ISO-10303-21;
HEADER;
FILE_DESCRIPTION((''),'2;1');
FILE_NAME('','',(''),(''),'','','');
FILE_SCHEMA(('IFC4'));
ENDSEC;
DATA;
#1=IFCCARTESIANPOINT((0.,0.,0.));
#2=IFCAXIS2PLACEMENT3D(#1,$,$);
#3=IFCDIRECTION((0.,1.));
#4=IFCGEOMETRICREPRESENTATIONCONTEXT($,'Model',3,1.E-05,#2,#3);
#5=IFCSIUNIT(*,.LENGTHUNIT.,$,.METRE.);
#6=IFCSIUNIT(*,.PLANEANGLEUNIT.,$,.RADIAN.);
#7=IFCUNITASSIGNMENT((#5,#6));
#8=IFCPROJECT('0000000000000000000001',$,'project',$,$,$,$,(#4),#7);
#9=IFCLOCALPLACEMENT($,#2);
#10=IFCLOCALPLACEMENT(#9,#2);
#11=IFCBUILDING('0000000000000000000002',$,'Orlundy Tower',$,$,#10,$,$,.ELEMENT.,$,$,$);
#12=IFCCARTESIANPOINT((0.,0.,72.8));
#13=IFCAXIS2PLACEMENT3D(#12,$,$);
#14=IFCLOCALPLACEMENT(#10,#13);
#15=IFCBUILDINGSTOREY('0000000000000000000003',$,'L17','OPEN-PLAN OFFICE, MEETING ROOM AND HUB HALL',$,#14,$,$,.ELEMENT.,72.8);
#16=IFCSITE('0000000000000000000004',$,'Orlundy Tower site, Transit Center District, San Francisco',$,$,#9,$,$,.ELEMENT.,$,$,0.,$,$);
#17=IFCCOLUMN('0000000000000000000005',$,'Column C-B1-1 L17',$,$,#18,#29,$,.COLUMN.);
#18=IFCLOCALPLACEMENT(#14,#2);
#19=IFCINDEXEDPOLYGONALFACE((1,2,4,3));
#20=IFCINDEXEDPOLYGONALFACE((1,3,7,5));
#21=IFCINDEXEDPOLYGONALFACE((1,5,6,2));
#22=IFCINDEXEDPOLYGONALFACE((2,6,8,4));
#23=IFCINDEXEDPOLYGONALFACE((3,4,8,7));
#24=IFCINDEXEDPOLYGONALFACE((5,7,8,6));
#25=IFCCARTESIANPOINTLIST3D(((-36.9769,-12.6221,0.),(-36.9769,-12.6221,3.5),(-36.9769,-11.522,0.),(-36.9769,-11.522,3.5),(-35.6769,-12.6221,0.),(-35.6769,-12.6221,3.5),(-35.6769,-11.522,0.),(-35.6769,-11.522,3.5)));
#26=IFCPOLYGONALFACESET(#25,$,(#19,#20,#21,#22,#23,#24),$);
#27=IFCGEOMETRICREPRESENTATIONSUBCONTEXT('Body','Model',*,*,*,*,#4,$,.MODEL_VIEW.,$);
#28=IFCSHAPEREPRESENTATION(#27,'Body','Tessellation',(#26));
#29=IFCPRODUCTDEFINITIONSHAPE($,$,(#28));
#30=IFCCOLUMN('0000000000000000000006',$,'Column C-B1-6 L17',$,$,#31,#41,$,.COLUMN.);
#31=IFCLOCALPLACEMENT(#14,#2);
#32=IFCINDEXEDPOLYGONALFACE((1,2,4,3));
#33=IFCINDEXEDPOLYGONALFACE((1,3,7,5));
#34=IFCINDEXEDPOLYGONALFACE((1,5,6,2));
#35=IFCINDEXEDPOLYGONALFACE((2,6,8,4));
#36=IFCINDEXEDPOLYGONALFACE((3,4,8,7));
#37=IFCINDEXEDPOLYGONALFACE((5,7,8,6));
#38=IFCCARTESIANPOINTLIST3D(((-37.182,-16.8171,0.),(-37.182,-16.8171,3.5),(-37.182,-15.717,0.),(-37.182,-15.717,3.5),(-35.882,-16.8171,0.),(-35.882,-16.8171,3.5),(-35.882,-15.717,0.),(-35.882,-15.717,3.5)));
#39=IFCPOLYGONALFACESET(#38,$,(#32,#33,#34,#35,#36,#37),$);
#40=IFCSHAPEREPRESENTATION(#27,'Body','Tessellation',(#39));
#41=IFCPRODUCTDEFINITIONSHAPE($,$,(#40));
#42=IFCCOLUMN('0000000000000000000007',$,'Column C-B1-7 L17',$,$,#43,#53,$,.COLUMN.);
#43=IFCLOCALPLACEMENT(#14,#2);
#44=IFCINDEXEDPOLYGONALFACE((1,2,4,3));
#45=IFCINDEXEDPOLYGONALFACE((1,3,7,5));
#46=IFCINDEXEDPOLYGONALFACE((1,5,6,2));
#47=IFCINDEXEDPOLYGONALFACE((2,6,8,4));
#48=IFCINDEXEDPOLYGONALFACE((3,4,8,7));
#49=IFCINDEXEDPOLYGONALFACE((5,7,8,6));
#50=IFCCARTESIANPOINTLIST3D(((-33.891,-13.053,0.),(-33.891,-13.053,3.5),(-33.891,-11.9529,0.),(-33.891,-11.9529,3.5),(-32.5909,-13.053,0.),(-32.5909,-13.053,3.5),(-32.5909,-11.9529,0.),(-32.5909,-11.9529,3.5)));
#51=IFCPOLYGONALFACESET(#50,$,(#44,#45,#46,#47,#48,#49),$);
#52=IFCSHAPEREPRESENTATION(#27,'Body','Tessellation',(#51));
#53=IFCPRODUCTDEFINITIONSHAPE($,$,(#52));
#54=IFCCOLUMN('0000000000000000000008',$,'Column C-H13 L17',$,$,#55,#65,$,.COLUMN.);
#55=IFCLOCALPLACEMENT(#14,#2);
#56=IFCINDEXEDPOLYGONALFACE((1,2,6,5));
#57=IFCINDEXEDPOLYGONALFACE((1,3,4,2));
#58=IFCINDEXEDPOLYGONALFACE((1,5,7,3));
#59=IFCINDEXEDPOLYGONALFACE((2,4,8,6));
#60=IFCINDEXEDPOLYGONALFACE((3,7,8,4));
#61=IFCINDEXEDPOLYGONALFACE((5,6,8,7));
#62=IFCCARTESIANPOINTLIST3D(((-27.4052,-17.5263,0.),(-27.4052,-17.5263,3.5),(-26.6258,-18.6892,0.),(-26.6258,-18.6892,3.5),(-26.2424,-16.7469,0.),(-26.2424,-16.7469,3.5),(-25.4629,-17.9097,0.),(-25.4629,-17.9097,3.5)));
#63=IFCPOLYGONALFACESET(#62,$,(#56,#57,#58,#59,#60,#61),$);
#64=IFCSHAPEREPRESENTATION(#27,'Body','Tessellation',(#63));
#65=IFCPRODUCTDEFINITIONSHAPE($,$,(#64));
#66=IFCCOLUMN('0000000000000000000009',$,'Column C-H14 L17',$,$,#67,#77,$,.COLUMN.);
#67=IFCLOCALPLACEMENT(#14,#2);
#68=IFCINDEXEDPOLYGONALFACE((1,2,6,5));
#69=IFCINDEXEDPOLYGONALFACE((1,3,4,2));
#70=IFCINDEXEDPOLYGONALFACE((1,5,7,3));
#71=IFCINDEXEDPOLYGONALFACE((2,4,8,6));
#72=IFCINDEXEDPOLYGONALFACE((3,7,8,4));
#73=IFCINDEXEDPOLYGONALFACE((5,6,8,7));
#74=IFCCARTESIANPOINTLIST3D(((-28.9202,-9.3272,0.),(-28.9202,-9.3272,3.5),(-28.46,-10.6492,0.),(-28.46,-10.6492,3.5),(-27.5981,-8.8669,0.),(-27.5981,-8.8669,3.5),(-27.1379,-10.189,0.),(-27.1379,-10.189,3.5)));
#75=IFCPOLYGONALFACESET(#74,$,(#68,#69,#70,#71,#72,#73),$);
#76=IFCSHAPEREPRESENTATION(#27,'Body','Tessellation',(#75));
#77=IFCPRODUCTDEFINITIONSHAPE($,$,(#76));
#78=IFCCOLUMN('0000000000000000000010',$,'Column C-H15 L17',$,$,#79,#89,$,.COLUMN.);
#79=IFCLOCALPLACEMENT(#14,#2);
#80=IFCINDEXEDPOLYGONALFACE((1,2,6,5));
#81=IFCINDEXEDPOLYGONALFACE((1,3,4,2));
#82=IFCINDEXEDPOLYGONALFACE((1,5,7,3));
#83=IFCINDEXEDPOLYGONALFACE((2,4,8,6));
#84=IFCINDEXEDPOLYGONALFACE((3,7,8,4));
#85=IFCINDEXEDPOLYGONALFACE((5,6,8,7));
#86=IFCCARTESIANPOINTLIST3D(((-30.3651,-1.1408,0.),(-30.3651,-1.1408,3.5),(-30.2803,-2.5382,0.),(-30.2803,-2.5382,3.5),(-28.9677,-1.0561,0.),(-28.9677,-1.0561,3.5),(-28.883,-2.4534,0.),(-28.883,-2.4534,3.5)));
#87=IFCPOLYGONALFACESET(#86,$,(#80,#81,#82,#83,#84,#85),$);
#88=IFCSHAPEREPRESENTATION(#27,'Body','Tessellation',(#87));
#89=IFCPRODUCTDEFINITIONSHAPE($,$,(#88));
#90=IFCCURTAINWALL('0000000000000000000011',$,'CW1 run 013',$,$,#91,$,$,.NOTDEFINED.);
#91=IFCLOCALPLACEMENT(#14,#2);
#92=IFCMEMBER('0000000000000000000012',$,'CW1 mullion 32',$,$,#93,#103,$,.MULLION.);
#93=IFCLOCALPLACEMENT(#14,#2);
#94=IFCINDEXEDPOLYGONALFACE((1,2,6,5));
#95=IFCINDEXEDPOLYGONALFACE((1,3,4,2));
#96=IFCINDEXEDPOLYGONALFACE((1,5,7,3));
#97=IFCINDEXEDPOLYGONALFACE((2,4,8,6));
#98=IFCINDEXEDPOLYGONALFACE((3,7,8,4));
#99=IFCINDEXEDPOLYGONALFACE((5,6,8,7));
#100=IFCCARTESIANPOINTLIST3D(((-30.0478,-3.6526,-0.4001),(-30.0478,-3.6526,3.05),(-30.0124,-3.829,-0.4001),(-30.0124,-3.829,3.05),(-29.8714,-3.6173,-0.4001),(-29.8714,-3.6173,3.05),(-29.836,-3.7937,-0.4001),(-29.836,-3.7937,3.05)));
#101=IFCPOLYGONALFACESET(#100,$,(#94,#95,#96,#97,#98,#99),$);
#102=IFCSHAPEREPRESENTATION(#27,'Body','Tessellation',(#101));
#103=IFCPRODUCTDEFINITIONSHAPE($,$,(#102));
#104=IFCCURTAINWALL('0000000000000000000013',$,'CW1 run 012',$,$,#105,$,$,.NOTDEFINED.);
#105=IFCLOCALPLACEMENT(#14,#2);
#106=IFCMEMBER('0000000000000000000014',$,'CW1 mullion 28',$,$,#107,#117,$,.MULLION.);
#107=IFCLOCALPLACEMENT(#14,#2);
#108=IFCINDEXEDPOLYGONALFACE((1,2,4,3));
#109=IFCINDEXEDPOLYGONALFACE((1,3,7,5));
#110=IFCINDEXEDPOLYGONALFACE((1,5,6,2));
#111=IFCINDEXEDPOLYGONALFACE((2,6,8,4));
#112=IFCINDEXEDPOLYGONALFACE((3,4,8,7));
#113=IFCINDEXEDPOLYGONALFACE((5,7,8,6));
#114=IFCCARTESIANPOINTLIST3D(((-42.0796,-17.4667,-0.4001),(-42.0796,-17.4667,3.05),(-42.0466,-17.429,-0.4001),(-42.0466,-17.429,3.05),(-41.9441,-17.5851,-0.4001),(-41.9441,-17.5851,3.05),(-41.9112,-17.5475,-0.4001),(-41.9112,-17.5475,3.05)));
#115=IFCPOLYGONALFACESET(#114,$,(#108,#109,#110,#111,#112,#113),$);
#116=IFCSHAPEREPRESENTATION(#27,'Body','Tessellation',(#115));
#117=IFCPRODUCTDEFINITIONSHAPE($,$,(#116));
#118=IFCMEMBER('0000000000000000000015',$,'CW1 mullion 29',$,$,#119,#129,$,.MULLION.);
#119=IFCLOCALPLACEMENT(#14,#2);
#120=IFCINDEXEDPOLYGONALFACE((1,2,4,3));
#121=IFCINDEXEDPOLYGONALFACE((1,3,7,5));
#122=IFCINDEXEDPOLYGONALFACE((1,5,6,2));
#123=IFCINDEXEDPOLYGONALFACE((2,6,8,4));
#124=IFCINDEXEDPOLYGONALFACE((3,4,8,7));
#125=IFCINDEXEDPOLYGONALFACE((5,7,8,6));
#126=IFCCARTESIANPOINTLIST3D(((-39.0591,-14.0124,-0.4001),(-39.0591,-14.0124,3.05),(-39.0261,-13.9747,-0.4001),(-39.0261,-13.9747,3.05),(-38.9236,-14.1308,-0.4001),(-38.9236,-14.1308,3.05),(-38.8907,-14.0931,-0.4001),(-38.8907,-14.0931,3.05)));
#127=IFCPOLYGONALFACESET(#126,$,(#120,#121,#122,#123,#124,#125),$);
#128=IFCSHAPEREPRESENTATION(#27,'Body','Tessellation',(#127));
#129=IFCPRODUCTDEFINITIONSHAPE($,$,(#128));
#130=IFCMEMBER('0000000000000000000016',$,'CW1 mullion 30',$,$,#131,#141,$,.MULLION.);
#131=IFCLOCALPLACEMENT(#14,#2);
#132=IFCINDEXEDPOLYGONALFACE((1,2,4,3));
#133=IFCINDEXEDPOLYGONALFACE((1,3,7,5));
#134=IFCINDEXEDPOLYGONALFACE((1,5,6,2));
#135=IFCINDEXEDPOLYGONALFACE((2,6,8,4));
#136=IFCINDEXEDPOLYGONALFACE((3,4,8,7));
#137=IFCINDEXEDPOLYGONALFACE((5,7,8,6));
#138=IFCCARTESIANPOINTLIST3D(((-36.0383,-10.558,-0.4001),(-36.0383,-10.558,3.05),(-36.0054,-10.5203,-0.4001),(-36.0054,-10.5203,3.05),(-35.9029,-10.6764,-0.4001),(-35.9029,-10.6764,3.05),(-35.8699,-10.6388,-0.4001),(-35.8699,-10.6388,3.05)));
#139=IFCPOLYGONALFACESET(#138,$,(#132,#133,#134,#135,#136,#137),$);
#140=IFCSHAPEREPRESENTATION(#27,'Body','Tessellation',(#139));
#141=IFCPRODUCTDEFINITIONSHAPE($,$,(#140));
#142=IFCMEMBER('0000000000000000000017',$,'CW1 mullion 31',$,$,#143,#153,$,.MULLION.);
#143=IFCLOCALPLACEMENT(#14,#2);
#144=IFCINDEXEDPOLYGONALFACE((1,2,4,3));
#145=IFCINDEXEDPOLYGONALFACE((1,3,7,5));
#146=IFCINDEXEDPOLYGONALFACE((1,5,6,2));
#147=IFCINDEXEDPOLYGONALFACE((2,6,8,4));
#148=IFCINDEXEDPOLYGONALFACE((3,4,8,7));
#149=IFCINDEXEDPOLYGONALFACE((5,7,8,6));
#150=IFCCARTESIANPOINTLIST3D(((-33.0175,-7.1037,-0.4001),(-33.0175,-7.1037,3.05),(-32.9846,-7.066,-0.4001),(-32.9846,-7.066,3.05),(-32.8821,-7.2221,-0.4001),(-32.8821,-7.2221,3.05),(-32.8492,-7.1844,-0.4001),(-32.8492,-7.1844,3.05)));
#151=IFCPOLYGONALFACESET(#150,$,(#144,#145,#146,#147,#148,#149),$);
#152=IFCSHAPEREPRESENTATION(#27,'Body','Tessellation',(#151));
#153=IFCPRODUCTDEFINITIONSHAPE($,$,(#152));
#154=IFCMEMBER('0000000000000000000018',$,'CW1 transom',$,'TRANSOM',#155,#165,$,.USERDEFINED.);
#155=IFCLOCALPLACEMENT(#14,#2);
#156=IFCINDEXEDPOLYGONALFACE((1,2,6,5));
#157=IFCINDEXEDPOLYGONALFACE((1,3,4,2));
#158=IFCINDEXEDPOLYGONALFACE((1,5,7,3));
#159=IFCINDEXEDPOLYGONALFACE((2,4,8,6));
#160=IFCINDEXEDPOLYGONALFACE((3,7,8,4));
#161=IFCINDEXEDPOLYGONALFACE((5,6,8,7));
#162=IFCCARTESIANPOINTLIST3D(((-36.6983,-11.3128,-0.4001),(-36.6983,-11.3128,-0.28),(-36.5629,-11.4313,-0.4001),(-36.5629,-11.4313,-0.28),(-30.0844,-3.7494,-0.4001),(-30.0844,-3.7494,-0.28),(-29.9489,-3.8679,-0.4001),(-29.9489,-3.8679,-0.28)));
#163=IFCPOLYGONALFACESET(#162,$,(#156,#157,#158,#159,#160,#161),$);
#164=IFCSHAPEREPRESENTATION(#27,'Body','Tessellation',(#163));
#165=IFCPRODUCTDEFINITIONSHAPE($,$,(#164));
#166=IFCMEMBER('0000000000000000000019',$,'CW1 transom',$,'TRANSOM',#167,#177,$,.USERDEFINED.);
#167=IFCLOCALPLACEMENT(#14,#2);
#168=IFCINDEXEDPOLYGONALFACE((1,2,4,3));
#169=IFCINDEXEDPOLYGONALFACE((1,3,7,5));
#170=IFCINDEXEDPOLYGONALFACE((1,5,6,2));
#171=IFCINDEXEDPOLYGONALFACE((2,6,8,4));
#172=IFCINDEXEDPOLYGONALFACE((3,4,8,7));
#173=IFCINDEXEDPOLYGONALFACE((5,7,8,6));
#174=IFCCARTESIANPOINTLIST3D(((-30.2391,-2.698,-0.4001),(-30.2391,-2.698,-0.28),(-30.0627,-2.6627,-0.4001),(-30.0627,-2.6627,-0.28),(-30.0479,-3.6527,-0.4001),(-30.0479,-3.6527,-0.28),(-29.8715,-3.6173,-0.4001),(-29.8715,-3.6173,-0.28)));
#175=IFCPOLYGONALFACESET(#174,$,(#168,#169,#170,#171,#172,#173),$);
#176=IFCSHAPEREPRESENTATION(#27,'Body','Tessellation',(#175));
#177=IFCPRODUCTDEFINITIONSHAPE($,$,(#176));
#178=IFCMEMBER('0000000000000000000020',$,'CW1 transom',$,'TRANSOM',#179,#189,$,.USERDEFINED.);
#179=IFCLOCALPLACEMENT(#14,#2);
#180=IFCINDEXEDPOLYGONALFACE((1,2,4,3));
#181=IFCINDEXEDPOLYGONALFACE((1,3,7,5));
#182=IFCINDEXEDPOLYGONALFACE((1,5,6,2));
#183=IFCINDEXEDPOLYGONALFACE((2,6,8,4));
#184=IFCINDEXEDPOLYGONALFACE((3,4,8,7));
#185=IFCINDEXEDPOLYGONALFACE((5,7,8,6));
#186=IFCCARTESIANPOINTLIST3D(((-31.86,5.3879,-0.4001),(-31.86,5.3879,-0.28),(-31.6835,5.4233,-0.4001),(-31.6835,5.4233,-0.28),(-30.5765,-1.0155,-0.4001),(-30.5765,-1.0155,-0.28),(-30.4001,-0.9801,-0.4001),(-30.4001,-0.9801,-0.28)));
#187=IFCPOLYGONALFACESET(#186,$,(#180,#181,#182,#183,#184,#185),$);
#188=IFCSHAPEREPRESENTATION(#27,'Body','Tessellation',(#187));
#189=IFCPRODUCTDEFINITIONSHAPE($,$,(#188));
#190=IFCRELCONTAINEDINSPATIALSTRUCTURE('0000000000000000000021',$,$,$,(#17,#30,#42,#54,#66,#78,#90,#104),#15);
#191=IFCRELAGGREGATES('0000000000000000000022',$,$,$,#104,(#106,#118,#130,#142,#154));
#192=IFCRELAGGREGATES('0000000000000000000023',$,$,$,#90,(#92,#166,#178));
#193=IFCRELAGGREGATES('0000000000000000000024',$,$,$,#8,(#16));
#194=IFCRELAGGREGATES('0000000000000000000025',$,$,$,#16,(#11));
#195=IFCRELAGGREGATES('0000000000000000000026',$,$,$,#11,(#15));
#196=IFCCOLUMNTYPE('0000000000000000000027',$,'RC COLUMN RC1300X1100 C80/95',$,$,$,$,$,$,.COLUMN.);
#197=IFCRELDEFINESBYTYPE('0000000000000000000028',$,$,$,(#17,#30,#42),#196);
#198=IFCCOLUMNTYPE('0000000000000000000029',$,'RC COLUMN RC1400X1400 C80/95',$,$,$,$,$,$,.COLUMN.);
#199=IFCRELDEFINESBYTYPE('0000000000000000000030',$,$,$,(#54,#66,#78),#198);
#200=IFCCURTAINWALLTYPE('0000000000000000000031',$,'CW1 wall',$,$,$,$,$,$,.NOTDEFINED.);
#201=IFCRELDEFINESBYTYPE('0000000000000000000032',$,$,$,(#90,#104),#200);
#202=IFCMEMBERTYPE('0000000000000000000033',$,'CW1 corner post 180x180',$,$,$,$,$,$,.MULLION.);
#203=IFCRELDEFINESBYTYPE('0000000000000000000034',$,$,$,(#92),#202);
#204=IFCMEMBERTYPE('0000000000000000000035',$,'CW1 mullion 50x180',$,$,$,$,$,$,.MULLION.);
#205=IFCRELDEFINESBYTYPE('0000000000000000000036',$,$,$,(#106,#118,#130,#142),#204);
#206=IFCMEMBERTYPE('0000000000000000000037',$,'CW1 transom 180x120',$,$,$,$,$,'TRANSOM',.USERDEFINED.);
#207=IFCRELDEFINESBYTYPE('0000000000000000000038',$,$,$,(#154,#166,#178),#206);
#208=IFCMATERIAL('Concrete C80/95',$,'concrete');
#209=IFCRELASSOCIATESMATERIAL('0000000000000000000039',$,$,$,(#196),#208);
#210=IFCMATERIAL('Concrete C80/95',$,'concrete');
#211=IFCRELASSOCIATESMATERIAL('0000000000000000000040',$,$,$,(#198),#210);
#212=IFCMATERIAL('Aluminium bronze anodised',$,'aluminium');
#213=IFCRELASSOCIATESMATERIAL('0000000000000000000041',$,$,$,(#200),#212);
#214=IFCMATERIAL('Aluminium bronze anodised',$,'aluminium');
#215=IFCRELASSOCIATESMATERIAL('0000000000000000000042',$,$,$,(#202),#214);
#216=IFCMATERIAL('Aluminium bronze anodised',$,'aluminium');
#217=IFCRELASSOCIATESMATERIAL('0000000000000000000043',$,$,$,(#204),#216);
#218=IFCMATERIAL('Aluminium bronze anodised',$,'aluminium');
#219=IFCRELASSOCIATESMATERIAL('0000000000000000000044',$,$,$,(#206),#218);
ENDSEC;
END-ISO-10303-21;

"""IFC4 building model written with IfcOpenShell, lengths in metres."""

from ifc_helpers import new_model, si_unit, direction, frame, origin, origin_2d, place, context, subcontext, project, spatial, rectangle, extrude, material, material_profile, profile_set, type_object, element, aggregate, save


model = new_model("IFC4")

# Units and contexts
model_context = context("Model", 3, precision=1e-05, world=origin(), true_north=direction((0.0, 1.0)))
body_context = subcontext(model_context, "Body", "Model", "MODEL_VIEW")
ifc_project = project(units=[si_unit("LENGTHUNIT", "METRE"), si_unit("PLANEANGLEUNIT", "RADIAN")], contexts=[model_context])

# Site, building, storey
site_placement = place(None, origin())
site = spatial("IfcSite", under=ifc_project, at=site_placement, Name="Orlundy Tower site, Transit Center District, San Francisco", CompositionType="ELEMENT", RefElevation=0.0)
building_placement = place(site_placement, origin())
building = spatial("IfcBuilding", under=site, at=building_placement, Name="Orlundy Tower", CompositionType="ELEMENT")
storey_placement = place(building_placement, frame((0.0, 0.0, 72.8)))
storey = spatial("IfcBuildingStorey", under=building, at=storey_placement, Name="L17", Description="OPEN-PLAN OFFICE, MEETING ROOM AND HUB HALL", CompositionType="ELEMENT", Elevation=72.8)

# Columns
ifc_material_1 = material(Name="Concrete C80/95", Category="concrete")
ifc_material_profile_1 = material_profile(ifc_material_1, rectangle(XDim=1.3, YDim=1.1001, at=origin_2d()), Name="RC1300X1100")
ifc_profile_set_1 = profile_set([ifc_material_profile_1], Name="Concrete C80/95")
column_type_1 = type_object("IfcColumnType", Name="RC COLUMN RC1300X1100 C80/95", PredefinedType="COLUMN", material=ifc_profile_set_1)
for number, where, z_axis, x_axis, name in (
    (1, (-36.3269, -12.072, 0.0), (0.0, 0.0, 1.0), (1.0, 0.0, 0.0), "Column C-B1-1 L17"),
    (2, (-36.532, -16.2671, 0.0), (0.0, 0.0, 1.0), (1.0, 0.0, 0.0), "Column C-B1-6 L17"),
    (3, (-33.241, -12.5029, 0.0), (0.0, 0.0, 1.0), (1.0, 0.0, 0.0), "Column C-B1-7 L17"),
):
    element("IfcColumn", number, at=place(storey_placement, frame(where, z_axis=z_axis, x_axis=x_axis)), inside=storey, type_object=column_type_1, Name=name, PredefinedType="COLUMN", context=body_context, shape_type="SweptSolid", body=[
        extrude(rectangle(XDim=1.3, YDim=1.1001, at=origin_2d()), origin(), (0.0, 0.0, 1.0), 3.5),
    ])
ifc_material_2 = material(Name="Concrete C80/95", Category="concrete")
ifc_material_profile_2 = material_profile(ifc_material_2, rectangle(XDim=1.3999, YDim=1.3999, at=origin_2d()), Name="RC1400X1400")
ifc_profile_set_2 = profile_set([ifc_material_profile_2], Name="Concrete C80/95")
column_type_2 = type_object("IfcColumnType", Name="RC COLUMN RC1400X1400 C80/95", PredefinedType="COLUMN", material=ifc_profile_set_2)
for number, where, z_axis, x_axis, name in (
    (4, (-26.4341, -17.718, 0.0), (0.0, 0.0, 1.0), (-0.830664, -0.556774, 0.0), "Column C-H13 L17"),
    (5, (-28.0291, -9.7581, 0.0), (0.0, 0.0, 1.0), (-0.944405, -0.328784, 0.0), "Column C-H14 L17"),
    (6, (-29.624, -1.7971, 0.0), (0.0, 0.0, 1.0), (-0.998166, -0.060543, 0.0), "Column C-H15 L17"),
):
    element("IfcColumn", number, at=place(storey_placement, frame(where, z_axis=z_axis, x_axis=x_axis)), inside=storey, type_object=column_type_2, Name=name, PredefinedType="COLUMN", context=body_context, shape_type="SweptSolid", body=[
        extrude(rectangle(XDim=1.3999, YDim=1.3999, at=origin_2d()), origin(), (0.0, 0.0, 1.0), 3.5),
    ])

# Curtain wall, member
ifc_material_3 = material(Name="Aluminium bronze anodised", Category="aluminium")
curtain_wall_type = type_object("IfcCurtainWallType", Name="CW1 wall", PredefinedType="NOTDEFINED", material=ifc_material_3)
curtain_wall_1_placement = place(storey_placement, origin())
curtain_wall_1 = element("IfcCurtainWall", 7, at=curtain_wall_1_placement, inside=storey, type_object=curtain_wall_type, Name="CW1 run 013", PredefinedType="NOTDEFINED")
ifc_material_4 = material(Name="Aluminium bronze anodised", Category="aluminium")
ifc_material_profile_3 = material_profile(ifc_material_4, rectangle(XDim=0.1799, YDim=0.1799, at=origin_2d()), Name="CW1 corner post 180x180")
ifc_profile_set_3 = profile_set([ifc_material_profile_3], Name="Aluminium bronze anodised")
member_type_1 = type_object("IfcMemberType", Name="CW1 corner post 180x180", PredefinedType="MULLION", material=ifc_profile_set_3)
member_1_placement = place(storey_placement, frame((-29.9419, -3.7231, -0.4001), z_axis=(0.0, 0.0, 1.0), x_axis=(-0.980498, -0.196529, 0.0)))
member_1 = element("IfcMember", 8, at=member_1_placement, type_object=member_type_1, Name="CW1 mullion 32", PredefinedType="MULLION", context=body_context, shape_type="SweptSolid", body=[
    extrude(rectangle(XDim=0.1799, YDim=0.1799, at=origin_2d()), origin(), (0.0, 0.0, 1.0), 3.4502),
])

# Curtain wall, members
curtain_wall_2_placement = place(storey_placement, origin())
curtain_wall_2 = element("IfcCurtainWall", 9, at=curtain_wall_2_placement, inside=storey, type_object=curtain_wall_type, Name="CW1 run 012", PredefinedType="NOTDEFINED")
ifc_material_5 = material(Name="Aluminium bronze anodised", Category="aluminium")
ifc_material_profile_4 = material_profile(ifc_material_5, rectangle(XDim=0.1799, YDim=0.05, at=origin_2d()), Name="CW1 mullion 50x180")
ifc_profile_set_4 = profile_set([ifc_material_profile_4], Name="Aluminium bronze anodised")
member_type_2 = type_object("IfcMemberType", Name="CW1 mullion 50x180", PredefinedType="MULLION", material=ifc_profile_set_4)
member_2_placement = place(storey_placement, frame((-41.9954, -17.5071, -0.4001), z_axis=(0.0, 0.0, 1.0), x_axis=(-0.752779, 0.658273, 0.0)))
member_2 = element("IfcMember", 10, at=member_2_placement, type_object=member_type_2, Name="CW1 mullion 28", PredefinedType="MULLION", context=body_context, shape_type="SweptSolid", body=[
    extrude(rectangle(XDim=0.1799, YDim=0.05, at=origin_2d()), origin(), (0.0, 0.0, 1.0), 3.4502),
])
member_3_placement = place(storey_placement, frame((-38.9749, -14.0527, -0.4001), z_axis=(0.0, 0.0, 1.0), x_axis=(-0.752779, 0.658273, 0.0)))
member_3 = element("IfcMember", 11, at=member_3_placement, type_object=member_type_2, Name="CW1 mullion 29", PredefinedType="MULLION", context=body_context, shape_type="SweptSolid", body=[
    extrude(rectangle(XDim=0.1799, YDim=0.05, at=origin_2d()), origin(), (0.0, 0.0, 1.0), 3.4502),
])
member_4_placement = place(storey_placement, frame((-35.9541, -10.5984, -0.4001), z_axis=(0.0, 0.0, 1.0), x_axis=(-0.752779, 0.658273, 0.0)))
member_4 = element("IfcMember", 12, at=member_4_placement, type_object=member_type_2, Name="CW1 mullion 30", PredefinedType="MULLION", context=body_context, shape_type="SweptSolid", body=[
    extrude(rectangle(XDim=0.1799, YDim=0.05, at=origin_2d()), origin(), (0.0, 0.0, 1.0), 3.4502),
])
member_5_placement = place(storey_placement, frame((-32.9333, -7.144, -0.4001), z_axis=(0.0, 0.0, 1.0), x_axis=(-0.752779, 0.658273, 0.0)))
member_5 = element("IfcMember", 13, at=member_5_placement, type_object=member_type_2, Name="CW1 mullion 31", PredefinedType="MULLION", context=body_context, shape_type="SweptSolid", body=[
    extrude(rectangle(XDim=0.1799, YDim=0.05, at=origin_2d()), origin(), (0.0, 0.0, 1.0), 3.4502),
])
ifc_material_6 = material(Name="Aluminium bronze anodised", Category="aluminium")
ifc_material_profile_5 = material_profile(ifc_material_6, rectangle(XDim=0.1799, YDim=0.1201, at=origin_2d()), Name="CW1 transom 180x120")
ifc_profile_set_5 = profile_set([ifc_material_profile_5], Name="Aluminium bronze anodised")
member_type_3 = type_object("IfcMemberType", Name="CW1 transom 180x120", ElementType="TRANSOM", PredefinedType="USERDEFINED", material=ifc_profile_set_5)
member_6_placement = place(storey_placement, frame((-36.6306, -11.3721, -0.3401), z_axis=(0.658278, 0.752775, 0.0), x_axis=(-0.752775, 0.658278, 0.0)))
member_6 = element("IfcMember", 14, at=member_6_placement, type_object=member_type_3, Name="CW1 transom", ObjectType="TRANSOM", PredefinedType="USERDEFINED", context=body_context, shape_type="SweptSolid", body=[
    extrude(rectangle(XDim=0.1799, YDim=0.1201, at=origin_2d()), origin(), (0.0, 0.0, 1.0), 10.0474),
])

# Members
member_7_placement = place(storey_placement, frame((-29.9597, -3.635, -0.3401), z_axis=(-0.196357, 0.980532, 0.0), x_axis=(-0.980532, -0.196357, 0.0)))
member_7 = element("IfcMember", 15, at=member_7_placement, type_object=member_type_3, Name="CW1 transom", ObjectType="TRANSOM", PredefinedType="USERDEFINED", context=body_context, shape_type="SweptSolid", body=[
    extrude(rectangle(XDim=0.1799, YDim=0.1201, at=origin_2d()), origin(), (0.0, 0.0, 1.0), 0.9736),
])
member_8_placement = place(storey_placement, frame((-30.4883, -0.9978, -0.3401), z_axis=(-0.196526, 0.980499, 0.0), x_axis=(-0.980499, -0.196526, 0.0)))
member_8 = element("IfcMember", 16, at=member_8_placement, type_object=member_type_3, Name="CW1 transom", ObjectType="TRANSOM", PredefinedType="USERDEFINED", context=body_context, shape_type="SweptSolid", body=[
    extrude(rectangle(XDim=0.1799, YDim=0.1201, at=origin_2d()), origin(), (0.0, 0.0, 1.0), 6.5308),
])

aggregate(curtain_wall_2, [member_2, member_3, member_4, member_5, member_6])
aggregate(curtain_wall_1, [member_1, member_7, member_8])

save(model, "model.ifc")
